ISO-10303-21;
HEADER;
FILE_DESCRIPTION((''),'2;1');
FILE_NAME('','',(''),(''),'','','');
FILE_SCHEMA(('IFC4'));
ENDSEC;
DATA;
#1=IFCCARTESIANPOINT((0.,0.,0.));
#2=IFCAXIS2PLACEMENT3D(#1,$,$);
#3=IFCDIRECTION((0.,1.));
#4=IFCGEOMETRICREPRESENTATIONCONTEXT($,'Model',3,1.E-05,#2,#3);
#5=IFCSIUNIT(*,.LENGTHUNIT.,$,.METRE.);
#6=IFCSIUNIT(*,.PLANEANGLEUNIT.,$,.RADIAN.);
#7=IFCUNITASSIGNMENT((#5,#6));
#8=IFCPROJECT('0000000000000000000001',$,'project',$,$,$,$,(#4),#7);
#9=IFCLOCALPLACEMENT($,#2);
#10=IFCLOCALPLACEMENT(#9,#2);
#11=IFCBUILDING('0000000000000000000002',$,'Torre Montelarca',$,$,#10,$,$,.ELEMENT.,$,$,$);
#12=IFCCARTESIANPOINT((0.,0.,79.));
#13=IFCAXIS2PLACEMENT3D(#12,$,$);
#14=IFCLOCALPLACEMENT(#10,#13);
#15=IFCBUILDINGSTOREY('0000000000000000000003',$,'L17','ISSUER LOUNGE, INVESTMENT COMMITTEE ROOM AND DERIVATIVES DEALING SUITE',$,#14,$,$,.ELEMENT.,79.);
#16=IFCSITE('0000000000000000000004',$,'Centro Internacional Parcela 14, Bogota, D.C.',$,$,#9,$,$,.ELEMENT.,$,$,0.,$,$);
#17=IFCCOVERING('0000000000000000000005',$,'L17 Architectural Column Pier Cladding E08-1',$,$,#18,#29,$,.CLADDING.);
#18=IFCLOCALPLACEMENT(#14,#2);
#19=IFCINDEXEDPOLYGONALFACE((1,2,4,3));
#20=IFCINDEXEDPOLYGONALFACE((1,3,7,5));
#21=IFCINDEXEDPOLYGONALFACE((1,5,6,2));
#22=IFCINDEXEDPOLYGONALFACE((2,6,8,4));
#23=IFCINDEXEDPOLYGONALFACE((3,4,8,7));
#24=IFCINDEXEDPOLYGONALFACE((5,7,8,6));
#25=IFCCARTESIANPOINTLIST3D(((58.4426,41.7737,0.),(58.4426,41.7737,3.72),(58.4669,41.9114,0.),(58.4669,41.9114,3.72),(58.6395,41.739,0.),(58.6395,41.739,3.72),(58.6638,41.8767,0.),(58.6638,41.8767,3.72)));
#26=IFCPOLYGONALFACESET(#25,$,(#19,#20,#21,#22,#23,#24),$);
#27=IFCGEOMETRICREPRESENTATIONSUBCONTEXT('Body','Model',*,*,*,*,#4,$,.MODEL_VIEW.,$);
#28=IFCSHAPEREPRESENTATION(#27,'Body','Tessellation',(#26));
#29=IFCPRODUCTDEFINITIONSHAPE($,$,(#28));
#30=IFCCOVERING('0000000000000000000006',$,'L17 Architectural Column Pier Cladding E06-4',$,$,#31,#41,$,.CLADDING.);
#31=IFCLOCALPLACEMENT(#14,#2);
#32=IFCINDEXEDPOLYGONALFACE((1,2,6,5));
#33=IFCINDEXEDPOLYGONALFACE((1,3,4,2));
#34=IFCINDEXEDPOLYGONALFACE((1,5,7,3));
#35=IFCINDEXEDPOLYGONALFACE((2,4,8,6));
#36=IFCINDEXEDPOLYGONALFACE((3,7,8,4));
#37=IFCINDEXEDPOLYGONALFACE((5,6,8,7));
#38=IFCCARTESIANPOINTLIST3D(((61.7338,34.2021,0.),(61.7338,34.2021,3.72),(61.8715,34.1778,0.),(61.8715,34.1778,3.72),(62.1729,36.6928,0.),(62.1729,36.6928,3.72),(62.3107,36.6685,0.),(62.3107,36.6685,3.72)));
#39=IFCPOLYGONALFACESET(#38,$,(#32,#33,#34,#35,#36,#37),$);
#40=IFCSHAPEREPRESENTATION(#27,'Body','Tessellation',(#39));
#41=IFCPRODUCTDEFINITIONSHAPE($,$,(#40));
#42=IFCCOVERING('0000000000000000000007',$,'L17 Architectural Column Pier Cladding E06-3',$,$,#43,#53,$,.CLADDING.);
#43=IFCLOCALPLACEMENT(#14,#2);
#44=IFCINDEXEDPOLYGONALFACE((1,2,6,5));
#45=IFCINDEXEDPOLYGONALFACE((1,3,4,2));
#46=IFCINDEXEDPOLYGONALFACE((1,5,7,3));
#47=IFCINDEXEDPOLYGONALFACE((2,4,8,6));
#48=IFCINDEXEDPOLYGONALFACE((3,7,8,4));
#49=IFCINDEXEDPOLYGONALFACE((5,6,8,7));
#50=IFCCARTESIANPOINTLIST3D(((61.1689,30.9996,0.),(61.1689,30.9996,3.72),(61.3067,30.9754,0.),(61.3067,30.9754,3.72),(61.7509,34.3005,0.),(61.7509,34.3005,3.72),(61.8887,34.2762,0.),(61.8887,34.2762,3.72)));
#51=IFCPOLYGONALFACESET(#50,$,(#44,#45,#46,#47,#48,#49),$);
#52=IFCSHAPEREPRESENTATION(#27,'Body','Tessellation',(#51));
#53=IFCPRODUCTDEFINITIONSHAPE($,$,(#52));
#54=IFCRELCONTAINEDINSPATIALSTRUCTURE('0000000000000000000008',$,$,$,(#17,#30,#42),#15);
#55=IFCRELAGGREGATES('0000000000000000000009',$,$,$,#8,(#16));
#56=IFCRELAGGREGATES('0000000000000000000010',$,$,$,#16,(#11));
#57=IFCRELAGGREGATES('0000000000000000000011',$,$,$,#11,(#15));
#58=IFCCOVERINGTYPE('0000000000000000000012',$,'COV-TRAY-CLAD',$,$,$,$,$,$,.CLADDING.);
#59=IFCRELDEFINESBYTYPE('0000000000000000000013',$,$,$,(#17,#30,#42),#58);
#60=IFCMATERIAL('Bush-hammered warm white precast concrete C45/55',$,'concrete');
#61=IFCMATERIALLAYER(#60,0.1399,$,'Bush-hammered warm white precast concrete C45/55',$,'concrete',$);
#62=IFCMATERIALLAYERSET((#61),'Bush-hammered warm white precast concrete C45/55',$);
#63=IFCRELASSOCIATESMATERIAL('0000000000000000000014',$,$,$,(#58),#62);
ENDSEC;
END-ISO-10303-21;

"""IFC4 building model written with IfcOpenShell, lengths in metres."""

from ifc_helpers import new_model, si_unit, direction, frame, origin, origin_2d, place, context, subcontext, project, spatial, rectangle, extrude, source, transform, mapped, material, layer, layer_set, type_object, element, save


model = new_model("IFC4")

# Units and contexts
model_context = context("Model", 3, precision=1e-05, world=origin(), true_north=direction((0.0, 1.0)))
body_context = subcontext(model_context, "Body", "Model", "MODEL_VIEW")
ifc_project = project(units=[si_unit("LENGTHUNIT", "METRE"), si_unit("PLANEANGLEUNIT", "RADIAN")], contexts=[model_context])

# Site, building, storey
site_placement = place(None, origin())
site = spatial("IfcSite", under=ifc_project, at=site_placement, Name="Centro Internacional Parcela 14, Bogota, D.C.", CompositionType="ELEMENT", RefElevation=0.0)
building_placement = place(site_placement, origin())
building = spatial("IfcBuilding", under=site, at=building_placement, Name="Torre Montelarca", CompositionType="ELEMENT")
storey_placement = place(building_placement, frame((0.0, 0.0, 79.0)))
storey = spatial("IfcBuildingStorey", under=building, at=storey_placement, Name="L17", Description="ISSUER LOUNGE, INVESTMENT COMMITTEE ROOM AND DERIVATIVES DEALING SUITE", CompositionType="ELEMENT", Elevation=79.0)

# Coverings
ifc_material_1 = material(Name="Bush-hammered warm white precast concrete C45/55", Category="concrete")
ifc_layer_1 = layer(ifc_material_1, 0.1399, Name="Bush-hammered warm white precast concrete C45/55", Category="concrete")
ifc_layer_set_1 = layer_set([ifc_layer_1], Name="Bush-hammered warm white precast concrete C45/55")
covering_type = type_object("IfcCoveringType", Name="COV-TRAY-CLAD", PredefinedType="CLADDING", material=ifc_layer_set_1)
shared_shape_1 = source(origin(), body_context, "Body", "SweptSolid", [
    extrude(rectangle(XDim=0.2, YDim=0.1399, at=origin_2d()), origin(), (0.0, 0.0, 1.0), 3.72),
])
for number, where, z_axis, x_axis, name in (
    (1, (58.5532, 41.8252, 0.0), (0.0, 0.0, 1.0), (-0.984808, 0.173646, 0.0), "L17 Architectural Column Pier Cladding E08-1"),
):
    element("IfcCovering", number, at=place(storey_placement, frame(where, z_axis=z_axis, x_axis=x_axis)), inside=storey, type_object=covering_type, Name=name, PredefinedType="CLADDING", context=body_context, shape_type="MappedRepresentation", body=[
        mapped(shared_shape_1, transform((0.0, 0.0, 0.0), scale=1.0)),
    ])
shared_shape_2 = source(origin(), body_context, "Body", "SweptSolid", [
    extrude(rectangle(XDim=2.5291, YDim=0.1399, at=origin_2d()), origin(), (0.0, 0.0, 1.0), 3.72),
])
covering_1_placement = place(storey_placement, frame((62.0222, 35.4353, 0.0), z_axis=(0.0, 0.0, 1.0), x_axis=(0.173646, 0.984808, 0.0)))
element("IfcCovering", 2, at=covering_1_placement, inside=storey, type_object=covering_type, Name="L17 Architectural Column Pier Cladding E06-4", PredefinedType="CLADDING", context=body_context, shape_type="MappedRepresentation", body=[
    mapped(shared_shape_2, transform((0.0, 0.0, 0.0), scale=1.0)),
])
shared_shape_3 = source(origin(), body_context, "Body", "SweptSolid", [
    extrude(rectangle(XDim=3.3518, YDim=0.1399, at=origin_2d()), origin(), (0.0, 0.0, 1.0), 3.72),
])
covering_2_placement = place(storey_placement, frame((61.5288, 32.6379, 0.0), z_axis=(0.0, 0.0, 1.0), x_axis=(0.173646, 0.984808, 0.0)))
element("IfcCovering", 3, at=covering_2_placement, inside=storey, type_object=covering_type, Name="L17 Architectural Column Pier Cladding E06-3", PredefinedType="CLADDING", context=body_context, shape_type="MappedRepresentation", body=[
    mapped(shared_shape_3, transform((0.0, 0.0, 0.0), scale=1.0)),
])

save(model, "model.ifc")
